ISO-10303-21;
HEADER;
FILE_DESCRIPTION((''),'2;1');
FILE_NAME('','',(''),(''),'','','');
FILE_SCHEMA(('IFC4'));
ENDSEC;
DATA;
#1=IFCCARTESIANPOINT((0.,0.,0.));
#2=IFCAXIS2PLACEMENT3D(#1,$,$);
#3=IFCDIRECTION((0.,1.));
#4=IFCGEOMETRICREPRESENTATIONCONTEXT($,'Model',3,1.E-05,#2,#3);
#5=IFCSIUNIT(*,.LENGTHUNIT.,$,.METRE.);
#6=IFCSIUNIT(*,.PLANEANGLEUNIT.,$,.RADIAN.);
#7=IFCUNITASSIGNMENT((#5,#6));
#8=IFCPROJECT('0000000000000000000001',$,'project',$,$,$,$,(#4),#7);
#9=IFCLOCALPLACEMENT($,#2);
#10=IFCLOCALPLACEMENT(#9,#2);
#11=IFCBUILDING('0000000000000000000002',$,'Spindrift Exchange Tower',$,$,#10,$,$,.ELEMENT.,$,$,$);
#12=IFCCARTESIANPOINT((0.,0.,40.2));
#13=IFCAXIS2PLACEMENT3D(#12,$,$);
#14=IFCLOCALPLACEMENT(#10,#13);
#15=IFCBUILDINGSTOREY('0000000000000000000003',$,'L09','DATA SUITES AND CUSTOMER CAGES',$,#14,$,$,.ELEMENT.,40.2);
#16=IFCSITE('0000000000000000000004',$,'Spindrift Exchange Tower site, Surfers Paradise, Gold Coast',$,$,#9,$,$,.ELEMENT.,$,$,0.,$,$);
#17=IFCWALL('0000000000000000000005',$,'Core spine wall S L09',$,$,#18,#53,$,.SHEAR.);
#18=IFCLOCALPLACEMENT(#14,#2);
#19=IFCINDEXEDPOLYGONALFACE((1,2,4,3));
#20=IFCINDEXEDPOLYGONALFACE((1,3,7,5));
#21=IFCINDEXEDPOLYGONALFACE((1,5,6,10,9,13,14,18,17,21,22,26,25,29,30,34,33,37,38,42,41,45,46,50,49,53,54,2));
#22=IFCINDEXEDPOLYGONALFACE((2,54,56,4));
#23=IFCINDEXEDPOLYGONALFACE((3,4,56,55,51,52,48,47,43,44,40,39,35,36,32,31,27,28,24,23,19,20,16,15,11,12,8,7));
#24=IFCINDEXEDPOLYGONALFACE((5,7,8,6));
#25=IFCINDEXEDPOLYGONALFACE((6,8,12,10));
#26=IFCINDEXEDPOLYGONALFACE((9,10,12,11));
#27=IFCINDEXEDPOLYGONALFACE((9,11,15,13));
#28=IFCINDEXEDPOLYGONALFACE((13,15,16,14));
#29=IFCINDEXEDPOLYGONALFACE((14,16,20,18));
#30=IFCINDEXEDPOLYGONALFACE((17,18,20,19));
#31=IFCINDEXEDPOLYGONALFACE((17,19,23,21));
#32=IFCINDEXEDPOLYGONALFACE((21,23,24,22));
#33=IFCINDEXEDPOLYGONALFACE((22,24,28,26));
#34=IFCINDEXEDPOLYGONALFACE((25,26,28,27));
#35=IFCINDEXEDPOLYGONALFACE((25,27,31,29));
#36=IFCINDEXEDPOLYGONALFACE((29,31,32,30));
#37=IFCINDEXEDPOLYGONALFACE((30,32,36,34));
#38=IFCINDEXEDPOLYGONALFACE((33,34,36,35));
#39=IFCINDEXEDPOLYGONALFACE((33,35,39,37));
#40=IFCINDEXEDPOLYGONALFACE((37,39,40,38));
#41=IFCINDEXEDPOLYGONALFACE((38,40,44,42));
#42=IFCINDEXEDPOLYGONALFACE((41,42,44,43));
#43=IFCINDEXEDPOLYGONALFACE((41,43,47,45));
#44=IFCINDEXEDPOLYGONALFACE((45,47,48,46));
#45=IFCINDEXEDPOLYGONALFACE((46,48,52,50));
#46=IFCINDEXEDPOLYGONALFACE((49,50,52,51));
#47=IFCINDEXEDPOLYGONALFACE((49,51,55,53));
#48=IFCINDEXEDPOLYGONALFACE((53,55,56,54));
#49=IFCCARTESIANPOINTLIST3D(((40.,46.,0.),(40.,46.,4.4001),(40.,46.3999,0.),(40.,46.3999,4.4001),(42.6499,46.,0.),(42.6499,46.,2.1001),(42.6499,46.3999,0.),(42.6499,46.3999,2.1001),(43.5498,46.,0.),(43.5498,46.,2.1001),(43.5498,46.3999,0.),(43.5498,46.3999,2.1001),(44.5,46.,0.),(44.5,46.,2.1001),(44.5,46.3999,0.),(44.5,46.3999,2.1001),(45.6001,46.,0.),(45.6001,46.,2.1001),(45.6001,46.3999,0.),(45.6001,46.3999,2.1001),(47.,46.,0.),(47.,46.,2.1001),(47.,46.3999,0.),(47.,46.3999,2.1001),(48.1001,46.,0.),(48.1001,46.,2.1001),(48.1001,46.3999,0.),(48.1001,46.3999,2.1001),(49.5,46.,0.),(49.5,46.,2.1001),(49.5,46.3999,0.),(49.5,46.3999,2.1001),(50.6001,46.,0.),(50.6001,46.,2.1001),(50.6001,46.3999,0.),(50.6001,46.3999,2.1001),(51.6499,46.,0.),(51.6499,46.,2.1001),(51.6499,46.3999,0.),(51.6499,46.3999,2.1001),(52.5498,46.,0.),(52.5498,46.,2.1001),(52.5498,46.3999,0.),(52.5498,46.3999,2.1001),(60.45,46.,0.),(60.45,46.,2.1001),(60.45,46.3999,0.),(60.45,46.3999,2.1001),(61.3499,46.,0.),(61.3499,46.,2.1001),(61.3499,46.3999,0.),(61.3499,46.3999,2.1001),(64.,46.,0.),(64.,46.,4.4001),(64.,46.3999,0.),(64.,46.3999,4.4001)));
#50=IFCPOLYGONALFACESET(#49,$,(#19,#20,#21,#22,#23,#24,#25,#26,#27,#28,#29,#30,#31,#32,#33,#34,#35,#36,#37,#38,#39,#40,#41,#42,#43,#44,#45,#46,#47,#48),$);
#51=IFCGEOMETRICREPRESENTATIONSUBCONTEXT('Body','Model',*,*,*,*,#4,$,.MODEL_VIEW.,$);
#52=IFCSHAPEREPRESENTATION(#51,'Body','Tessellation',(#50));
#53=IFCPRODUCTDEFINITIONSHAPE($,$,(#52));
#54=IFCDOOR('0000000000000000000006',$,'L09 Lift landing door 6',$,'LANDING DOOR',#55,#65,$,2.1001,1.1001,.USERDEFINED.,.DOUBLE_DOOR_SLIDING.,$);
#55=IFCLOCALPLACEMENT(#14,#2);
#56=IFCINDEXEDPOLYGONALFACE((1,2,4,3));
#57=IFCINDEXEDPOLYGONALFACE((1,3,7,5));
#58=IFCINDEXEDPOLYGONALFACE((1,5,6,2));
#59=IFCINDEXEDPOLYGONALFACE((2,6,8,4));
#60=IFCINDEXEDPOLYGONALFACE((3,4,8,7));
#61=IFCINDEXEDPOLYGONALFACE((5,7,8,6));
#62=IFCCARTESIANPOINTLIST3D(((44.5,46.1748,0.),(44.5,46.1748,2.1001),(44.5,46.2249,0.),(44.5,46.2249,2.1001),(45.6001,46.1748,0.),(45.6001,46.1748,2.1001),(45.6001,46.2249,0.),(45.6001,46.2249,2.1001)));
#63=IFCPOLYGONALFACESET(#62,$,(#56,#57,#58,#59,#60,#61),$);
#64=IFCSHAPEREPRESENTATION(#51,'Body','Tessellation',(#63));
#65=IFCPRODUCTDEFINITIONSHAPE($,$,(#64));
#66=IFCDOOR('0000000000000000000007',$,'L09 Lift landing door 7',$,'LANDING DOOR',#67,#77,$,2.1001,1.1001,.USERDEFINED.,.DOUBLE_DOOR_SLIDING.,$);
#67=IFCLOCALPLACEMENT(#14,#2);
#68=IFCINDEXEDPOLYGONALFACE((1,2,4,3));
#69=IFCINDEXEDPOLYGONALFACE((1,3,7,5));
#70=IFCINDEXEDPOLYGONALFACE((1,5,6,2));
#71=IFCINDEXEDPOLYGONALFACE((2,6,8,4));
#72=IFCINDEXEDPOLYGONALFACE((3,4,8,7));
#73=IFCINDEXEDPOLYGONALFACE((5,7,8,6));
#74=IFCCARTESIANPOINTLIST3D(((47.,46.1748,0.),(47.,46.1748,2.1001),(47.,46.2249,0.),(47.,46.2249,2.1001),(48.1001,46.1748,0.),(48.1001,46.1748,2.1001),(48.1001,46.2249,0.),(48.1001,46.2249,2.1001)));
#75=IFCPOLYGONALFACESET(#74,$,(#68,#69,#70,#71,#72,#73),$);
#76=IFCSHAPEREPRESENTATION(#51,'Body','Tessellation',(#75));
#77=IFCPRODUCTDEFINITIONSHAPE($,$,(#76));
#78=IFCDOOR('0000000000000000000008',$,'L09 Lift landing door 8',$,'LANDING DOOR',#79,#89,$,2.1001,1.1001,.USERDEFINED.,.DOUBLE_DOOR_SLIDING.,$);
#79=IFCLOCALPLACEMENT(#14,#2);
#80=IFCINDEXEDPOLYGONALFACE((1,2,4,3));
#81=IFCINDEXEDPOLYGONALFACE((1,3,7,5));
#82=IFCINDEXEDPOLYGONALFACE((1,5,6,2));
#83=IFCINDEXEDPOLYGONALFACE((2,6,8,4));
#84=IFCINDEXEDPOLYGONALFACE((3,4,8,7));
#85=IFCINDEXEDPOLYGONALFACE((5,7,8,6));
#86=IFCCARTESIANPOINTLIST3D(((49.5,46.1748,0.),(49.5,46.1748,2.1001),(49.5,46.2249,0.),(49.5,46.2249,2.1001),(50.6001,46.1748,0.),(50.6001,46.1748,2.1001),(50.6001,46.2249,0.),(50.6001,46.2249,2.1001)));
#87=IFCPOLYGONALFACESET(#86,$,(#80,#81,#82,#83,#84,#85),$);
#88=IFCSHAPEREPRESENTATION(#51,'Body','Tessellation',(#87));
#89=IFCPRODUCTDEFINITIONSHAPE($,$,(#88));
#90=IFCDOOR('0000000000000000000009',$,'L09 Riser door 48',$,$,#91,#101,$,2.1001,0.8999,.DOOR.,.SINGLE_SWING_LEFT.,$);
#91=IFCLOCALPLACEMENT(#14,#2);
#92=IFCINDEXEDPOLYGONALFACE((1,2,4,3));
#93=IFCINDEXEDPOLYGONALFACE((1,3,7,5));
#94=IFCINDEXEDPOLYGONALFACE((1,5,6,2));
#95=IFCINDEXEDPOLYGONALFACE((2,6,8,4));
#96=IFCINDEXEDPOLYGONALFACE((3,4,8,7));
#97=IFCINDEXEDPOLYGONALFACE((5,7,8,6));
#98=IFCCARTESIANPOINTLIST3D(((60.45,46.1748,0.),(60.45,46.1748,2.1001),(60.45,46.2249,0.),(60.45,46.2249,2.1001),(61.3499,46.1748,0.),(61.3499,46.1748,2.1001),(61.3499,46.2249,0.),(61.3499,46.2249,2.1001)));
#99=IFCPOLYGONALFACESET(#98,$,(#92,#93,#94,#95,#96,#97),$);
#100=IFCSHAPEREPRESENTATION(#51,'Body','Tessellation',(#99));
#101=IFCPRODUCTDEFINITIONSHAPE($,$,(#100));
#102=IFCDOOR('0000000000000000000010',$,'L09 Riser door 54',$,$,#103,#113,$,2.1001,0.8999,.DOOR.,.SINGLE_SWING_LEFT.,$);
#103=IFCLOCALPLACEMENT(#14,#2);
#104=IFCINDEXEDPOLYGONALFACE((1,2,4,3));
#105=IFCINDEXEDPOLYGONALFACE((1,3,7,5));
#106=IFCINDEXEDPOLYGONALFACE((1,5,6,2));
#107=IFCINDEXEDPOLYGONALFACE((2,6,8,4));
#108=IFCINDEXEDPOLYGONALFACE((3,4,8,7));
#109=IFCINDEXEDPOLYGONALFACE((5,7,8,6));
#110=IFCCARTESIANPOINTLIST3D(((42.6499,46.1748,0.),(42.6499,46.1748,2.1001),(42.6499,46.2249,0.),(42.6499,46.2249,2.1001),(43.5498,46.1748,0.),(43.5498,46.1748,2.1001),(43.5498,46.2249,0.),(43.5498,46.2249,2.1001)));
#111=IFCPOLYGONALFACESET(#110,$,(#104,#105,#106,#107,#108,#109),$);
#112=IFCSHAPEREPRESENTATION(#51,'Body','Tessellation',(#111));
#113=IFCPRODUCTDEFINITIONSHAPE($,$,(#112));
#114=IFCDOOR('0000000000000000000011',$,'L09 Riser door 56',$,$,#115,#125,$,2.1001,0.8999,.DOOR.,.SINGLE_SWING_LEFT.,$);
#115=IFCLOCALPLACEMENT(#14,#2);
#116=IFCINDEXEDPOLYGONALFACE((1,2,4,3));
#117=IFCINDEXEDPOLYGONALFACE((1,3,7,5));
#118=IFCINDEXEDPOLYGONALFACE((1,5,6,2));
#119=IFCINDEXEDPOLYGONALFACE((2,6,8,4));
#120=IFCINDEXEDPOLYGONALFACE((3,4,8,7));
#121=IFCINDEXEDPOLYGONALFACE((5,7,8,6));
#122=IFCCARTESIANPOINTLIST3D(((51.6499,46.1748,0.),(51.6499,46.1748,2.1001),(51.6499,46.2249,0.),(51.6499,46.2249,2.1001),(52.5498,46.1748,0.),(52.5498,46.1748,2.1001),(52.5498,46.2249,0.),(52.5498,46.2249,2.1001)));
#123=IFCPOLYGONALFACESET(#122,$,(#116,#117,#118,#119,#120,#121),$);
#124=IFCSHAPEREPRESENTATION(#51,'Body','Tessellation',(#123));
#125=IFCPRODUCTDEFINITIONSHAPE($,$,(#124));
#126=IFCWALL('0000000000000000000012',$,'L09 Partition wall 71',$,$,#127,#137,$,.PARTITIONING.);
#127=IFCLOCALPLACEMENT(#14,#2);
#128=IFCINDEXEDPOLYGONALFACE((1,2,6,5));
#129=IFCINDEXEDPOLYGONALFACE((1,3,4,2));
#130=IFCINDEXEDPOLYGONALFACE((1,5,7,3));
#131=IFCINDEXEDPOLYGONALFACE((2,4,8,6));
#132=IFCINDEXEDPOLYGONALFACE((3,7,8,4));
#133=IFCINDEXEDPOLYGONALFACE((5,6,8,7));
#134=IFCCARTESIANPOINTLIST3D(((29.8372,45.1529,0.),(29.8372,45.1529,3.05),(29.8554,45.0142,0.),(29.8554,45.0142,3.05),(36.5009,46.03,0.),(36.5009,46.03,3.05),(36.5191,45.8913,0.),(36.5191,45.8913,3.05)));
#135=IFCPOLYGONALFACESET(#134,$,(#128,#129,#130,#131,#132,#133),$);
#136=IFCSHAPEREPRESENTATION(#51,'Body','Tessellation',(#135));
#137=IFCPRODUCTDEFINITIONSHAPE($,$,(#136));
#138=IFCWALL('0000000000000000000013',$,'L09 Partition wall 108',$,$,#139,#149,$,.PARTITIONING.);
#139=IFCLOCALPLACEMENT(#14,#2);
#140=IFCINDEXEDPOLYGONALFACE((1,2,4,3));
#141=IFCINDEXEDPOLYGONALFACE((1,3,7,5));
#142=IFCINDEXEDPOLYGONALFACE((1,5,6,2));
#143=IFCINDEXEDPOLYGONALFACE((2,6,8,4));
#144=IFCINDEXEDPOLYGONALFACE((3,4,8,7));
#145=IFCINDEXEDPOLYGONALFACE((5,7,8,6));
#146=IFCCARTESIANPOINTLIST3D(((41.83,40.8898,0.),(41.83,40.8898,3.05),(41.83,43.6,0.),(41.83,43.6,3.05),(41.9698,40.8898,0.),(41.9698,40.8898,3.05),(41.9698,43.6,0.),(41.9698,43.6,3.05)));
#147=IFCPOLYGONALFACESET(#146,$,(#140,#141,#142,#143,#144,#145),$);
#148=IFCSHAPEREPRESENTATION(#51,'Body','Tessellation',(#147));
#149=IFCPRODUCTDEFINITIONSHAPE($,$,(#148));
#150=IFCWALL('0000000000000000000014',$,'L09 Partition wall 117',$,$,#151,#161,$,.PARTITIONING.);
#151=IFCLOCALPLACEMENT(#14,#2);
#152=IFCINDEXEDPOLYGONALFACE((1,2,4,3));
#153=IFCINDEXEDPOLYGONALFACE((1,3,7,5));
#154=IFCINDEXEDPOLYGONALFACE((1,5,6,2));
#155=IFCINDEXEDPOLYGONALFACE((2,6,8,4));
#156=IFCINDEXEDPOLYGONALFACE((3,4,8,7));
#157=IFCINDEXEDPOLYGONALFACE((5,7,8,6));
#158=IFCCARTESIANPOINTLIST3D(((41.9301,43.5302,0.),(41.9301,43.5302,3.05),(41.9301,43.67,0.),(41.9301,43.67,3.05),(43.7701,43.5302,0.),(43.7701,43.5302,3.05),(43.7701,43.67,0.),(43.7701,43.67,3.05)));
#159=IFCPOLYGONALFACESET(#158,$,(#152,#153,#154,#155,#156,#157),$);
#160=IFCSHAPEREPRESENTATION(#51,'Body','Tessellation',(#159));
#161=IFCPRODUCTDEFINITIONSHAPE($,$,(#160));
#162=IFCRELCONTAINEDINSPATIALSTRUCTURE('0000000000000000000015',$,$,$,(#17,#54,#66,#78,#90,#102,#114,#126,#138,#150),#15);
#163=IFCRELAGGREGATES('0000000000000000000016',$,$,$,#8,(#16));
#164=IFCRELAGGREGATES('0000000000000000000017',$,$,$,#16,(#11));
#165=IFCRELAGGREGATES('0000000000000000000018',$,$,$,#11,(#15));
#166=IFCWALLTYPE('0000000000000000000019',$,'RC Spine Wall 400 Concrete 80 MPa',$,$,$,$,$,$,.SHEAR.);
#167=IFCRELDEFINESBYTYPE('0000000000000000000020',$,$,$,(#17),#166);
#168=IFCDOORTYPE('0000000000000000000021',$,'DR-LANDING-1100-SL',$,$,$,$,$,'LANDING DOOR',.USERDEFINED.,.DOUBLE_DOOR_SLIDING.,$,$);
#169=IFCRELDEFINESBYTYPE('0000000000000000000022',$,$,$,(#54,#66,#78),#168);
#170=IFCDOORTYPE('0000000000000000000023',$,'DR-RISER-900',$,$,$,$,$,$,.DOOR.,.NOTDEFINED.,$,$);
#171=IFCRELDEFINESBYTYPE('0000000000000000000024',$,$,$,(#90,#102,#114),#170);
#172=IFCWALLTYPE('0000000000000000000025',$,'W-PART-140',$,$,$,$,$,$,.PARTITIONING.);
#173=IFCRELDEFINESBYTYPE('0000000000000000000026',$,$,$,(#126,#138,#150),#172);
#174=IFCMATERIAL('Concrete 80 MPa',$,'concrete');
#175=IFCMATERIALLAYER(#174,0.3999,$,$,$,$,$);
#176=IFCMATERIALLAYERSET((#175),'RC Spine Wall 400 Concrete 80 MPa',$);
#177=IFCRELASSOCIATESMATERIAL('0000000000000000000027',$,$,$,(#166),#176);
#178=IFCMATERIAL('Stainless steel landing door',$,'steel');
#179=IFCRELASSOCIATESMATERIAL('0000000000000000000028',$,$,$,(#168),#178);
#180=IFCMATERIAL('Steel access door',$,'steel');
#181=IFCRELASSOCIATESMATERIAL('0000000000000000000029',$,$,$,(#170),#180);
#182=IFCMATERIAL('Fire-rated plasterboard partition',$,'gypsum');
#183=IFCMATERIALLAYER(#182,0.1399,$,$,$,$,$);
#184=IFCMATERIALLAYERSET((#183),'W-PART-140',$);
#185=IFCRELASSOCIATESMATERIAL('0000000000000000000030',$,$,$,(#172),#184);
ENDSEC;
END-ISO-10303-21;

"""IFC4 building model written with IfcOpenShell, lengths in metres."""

from ifc_helpers import new_model, si_unit, direction, frame, frame_2d, origin, place, context, subcontext, project, spatial, rectangle, extrude, source, transform, mapped, material, layer, layer_set, type_object, element, fill, save


model = new_model("IFC4")

# Units and contexts
model_context = context("Model", 3, precision=1e-05, world=origin(), true_north=direction((0.0, 1.0)))
body_context = subcontext(model_context, "Body", "Model", "MODEL_VIEW")
ifc_project = project(units=[si_unit("LENGTHUNIT", "METRE"), si_unit("PLANEANGLEUNIT", "RADIAN")], contexts=[model_context])

# Site, building, storey
site_placement = place(None, origin())
site = spatial("IfcSite", under=ifc_project, at=site_placement, Name="Spindrift Exchange Tower site, Surfers Paradise, Gold Coast", CompositionType="ELEMENT", RefElevation=0.0)
building_placement = place(site_placement, origin())
building = spatial("IfcBuilding", under=site, at=building_placement, Name="Spindrift Exchange Tower", CompositionType="ELEMENT")
storey_placement = place(building_placement, frame((0.0, 0.0, 40.2)))
storey = spatial("IfcBuildingStorey", under=building, at=storey_placement, Name="L09", Description="DATA SUITES AND CUSTOMER CAGES", CompositionType="ELEMENT", Elevation=40.2)

# Wall, openings, doors
ifc_material_1 = material(Name="Concrete 80 MPa", Category="concrete")
ifc_layer_1 = layer(ifc_material_1, 0.3999)
ifc_layer_set_1 = layer_set([ifc_layer_1], Name="RC Spine Wall 400 Concrete 80 MPa")
wall_type_1 = type_object("IfcWallType", Name="RC Spine Wall 400 Concrete 80 MPa", PredefinedType="SHEAR", material=ifc_layer_set_1)
wall_1_placement = place(storey_placement, frame((40.0, 46.2, 0.0), z_axis=(0.0, 0.0, 1.0), x_axis=(1.0, 0.0, 0.0)))
wall_1 = element("IfcWall", 1, at=wall_1_placement, inside=storey, type_object=wall_type_1, Name="Core spine wall S L09", PredefinedType="SHEAR", context=body_context, shape_type="SweptSolid", body=[
    extrude(rectangle(XDim=24.0, YDim=0.3999, at=frame_2d((12.0, 0.0))), origin(), (0.0, 0.0, 1.0), 4.4001),
])
opening_1_placement = place(wall_1_placement, frame((4.5, 0.0, 0.0)))
opening_1 = element("IfcOpeningElement", 2, at=opening_1_placement, cuts=wall_1, PredefinedType="OPENING", context=body_context, shape_type="SweptSolid", body=[
    extrude(rectangle(XDim=1.1001, YDim=2.1001, at=frame_2d((0.55, 1.05))), frame((0.0, 0.21, 0.0), z_axis=(0.0, -1.0, 0.0), x_axis=(1.0, 0.0, 0.0)), (0.0, 0.0, 1.0), 0.4199),
])
opening_2_placement = place(wall_1_placement, frame((7.0, 0.0, 0.0)))
opening_2 = element("IfcOpeningElement", 3, at=opening_2_placement, cuts=wall_1, PredefinedType="OPENING", context=body_context, shape_type="SweptSolid", body=[
    extrude(rectangle(XDim=1.1001, YDim=2.1001, at=frame_2d((0.55, 1.05))), frame((0.0, 0.21, 0.0), z_axis=(0.0, -1.0, 0.0), x_axis=(1.0, 0.0, 0.0)), (0.0, 0.0, 1.0), 0.4199),
])
opening_3_placement = place(wall_1_placement, frame((9.5, 0.0, 0.0)))
opening_3 = element("IfcOpeningElement", 4, at=opening_3_placement, cuts=wall_1, PredefinedType="OPENING", context=body_context, shape_type="SweptSolid", body=[
    extrude(rectangle(XDim=1.1001, YDim=2.1001, at=frame_2d((0.55, 1.05))), frame((0.0, 0.21, 0.0), z_axis=(0.0, -1.0, 0.0), x_axis=(1.0, 0.0, 0.0)), (0.0, 0.0, 1.0), 0.4199),
])
opening_4_placement = place(wall_1_placement, frame((20.45, 0.0, 0.0)))
opening_4 = element("IfcOpeningElement", 5, at=opening_4_placement, cuts=wall_1, PredefinedType="OPENING", context=body_context, shape_type="SweptSolid", body=[
    extrude(rectangle(XDim=0.8999, YDim=2.1001, at=frame_2d((0.45, 1.05))), frame((0.0, 0.21, 0.0), z_axis=(0.0, -1.0, 0.0), x_axis=(1.0, 0.0, 0.0)), (0.0, 0.0, 1.0), 0.4199),
])
opening_5_placement = place(wall_1_placement, frame((2.6499, 0.0, 0.0)))
opening_5 = element("IfcOpeningElement", 6, at=opening_5_placement, cuts=wall_1, PredefinedType="OPENING", context=body_context, shape_type="SweptSolid", body=[
    extrude(rectangle(XDim=0.8999, YDim=2.1001, at=frame_2d((0.45, 1.05))), frame((0.0, 0.21, 0.0), z_axis=(0.0, -1.0, 0.0), x_axis=(1.0, 0.0, 0.0)), (0.0, 0.0, 1.0), 0.4199),
])
opening_6_placement = place(wall_1_placement, frame((11.6499, 0.0, 0.0)))
opening_6 = element("IfcOpeningElement", 7, at=opening_6_placement, cuts=wall_1, PredefinedType="OPENING", context=body_context, shape_type="SweptSolid", body=[
    extrude(rectangle(XDim=0.8999, YDim=2.1001, at=frame_2d((0.45, 1.05))), frame((0.0, 0.21, 0.0), z_axis=(0.0, -1.0, 0.0), x_axis=(1.0, 0.0, 0.0)), (0.0, 0.0, 1.0), 0.4199),
])
ifc_material_2 = material(Name="Stainless steel landing door", Category="steel")
door_type_1 = type_object("IfcDoorType", Name="DR-LANDING-1100-SL", ElementType="LANDING DOOR", OperationType="DOUBLE_DOOR_SLIDING", PredefinedType="USERDEFINED", material=ifc_material_2)
shared_shape_1 = source(origin(), body_context, "Body", "SweptSolid", [
    extrude(rectangle(XDim=1.1001, YDim=2.1001, at=frame_2d((0.55, 1.05))), frame((0.0, 0.0249, 0.0), z_axis=(0.0, -1.0, 0.0), x_axis=(1.0, 0.0, 0.0)), (0.0, 0.0, 1.0), 0.05),
])
door_1_placement = place(opening_1_placement, origin())
door_1 = element("IfcDoor", 8, at=door_1_placement, inside=storey, type_object=door_type_1, Name="L09 Lift landing door 6", ObjectType="LANDING DOOR", OperationType="DOUBLE_DOOR_SLIDING", OverallHeight=2.1001, OverallWidth=1.1001, PredefinedType="USERDEFINED", context=body_context, shape_type="MappedRepresentation", body=[
    mapped(shared_shape_1, transform((0.0, 0.0, 0.0), scale=1.0)),
])
fill(opening_1, door_1)
door_2_placement = place(opening_2_placement, origin())
door_2 = element("IfcDoor", 9, at=door_2_placement, inside=storey, type_object=door_type_1, Name="L09 Lift landing door 7", ObjectType="LANDING DOOR", OperationType="DOUBLE_DOOR_SLIDING", OverallHeight=2.1001, OverallWidth=1.1001, PredefinedType="USERDEFINED", context=body_context, shape_type="MappedRepresentation", body=[
    mapped(shared_shape_1, transform((0.0, 0.0, 0.0), scale=1.0)),
])
fill(opening_2, door_2)
door_3_placement = place(opening_3_placement, origin())
door_3 = element("IfcDoor", 10, at=door_3_placement, inside=storey, type_object=door_type_1, Name="L09 Lift landing door 8", ObjectType="LANDING DOOR", OperationType="DOUBLE_DOOR_SLIDING", OverallHeight=2.1001, OverallWidth=1.1001, PredefinedType="USERDEFINED", context=body_context, shape_type="MappedRepresentation", body=[
    mapped(shared_shape_1, transform((0.0, 0.0, 0.0), scale=1.0)),
])
fill(opening_3, door_3)
ifc_material_3 = material(Name="Steel access door", Category="steel")
door_type_2 = type_object("IfcDoorType", Name="DR-RISER-900", OperationType="NOTDEFINED", PredefinedType="DOOR", material=ifc_material_3)
shared_shape_2 = source(origin(), body_context, "Body", "SweptSolid", [
    extrude(rectangle(XDim=0.8999, YDim=2.1001, at=frame_2d((0.45, 1.05))), frame((0.0, 0.0249, 0.0), z_axis=(0.0, -1.0, 0.0), x_axis=(1.0, 0.0, 0.0)), (0.0, 0.0, 1.0), 0.05),
])
door_4_placement = place(opening_4_placement, origin())
door_4 = element("IfcDoor", 11, at=door_4_placement, inside=storey, type_object=door_type_2, Name="L09 Riser door 48", OperationType="SINGLE_SWING_LEFT", OverallHeight=2.1001, OverallWidth=0.8999, PredefinedType="DOOR", context=body_context, shape_type="MappedRepresentation", body=[
    mapped(shared_shape_2, transform((0.0, 0.0, 0.0), scale=1.0)),
])
fill(opening_4, door_4)
door_5_placement = place(opening_5_placement, origin())
door_5 = element("IfcDoor", 12, at=door_5_placement, inside=storey, type_object=door_type_2, Name="L09 Riser door 54", OperationType="SINGLE_SWING_LEFT", OverallHeight=2.1001, OverallWidth=0.8999, PredefinedType="DOOR", context=body_context, shape_type="MappedRepresentation", body=[
    mapped(shared_shape_2, transform((0.0, 0.0, 0.0), scale=1.0)),
])
fill(opening_5, door_5)
door_6_placement = place(opening_6_placement, origin())
door_6 = element("IfcDoor", 13, at=door_6_placement, inside=storey, type_object=door_type_2, Name="L09 Riser door 56", OperationType="SINGLE_SWING_LEFT", OverallHeight=2.1001, OverallWidth=0.8999, PredefinedType="DOOR", context=body_context, shape_type="MappedRepresentation", body=[
    mapped(shared_shape_2, transform((0.0, 0.0, 0.0), scale=1.0)),
])
fill(opening_6, door_6)

# Walls
ifc_material_4 = material(Name="Fire-rated plasterboard partition", Category="gypsum")
ifc_layer_2 = layer(ifc_material_4, 0.1399)
ifc_layer_set_2 = layer_set([ifc_layer_2], Name="W-PART-140")
wall_type_2 = type_object("IfcWallType", Name="W-PART-140", PredefinedType="PARTITIONING", material=ifc_layer_set_2)
wall_2_placement = place(storey_placement, frame((36.51, 45.9607, 0.0), z_axis=(0.0, 0.0, 1.0), x_axis=(-0.991447, -0.13051, 0.0)))
element("IfcWall", 14, at=wall_2_placement, inside=storey, type_object=wall_type_2, Name="L09 Partition wall 71", PredefinedType="PARTITIONING", context=body_context, shape_type="SweptSolid", body=[
    extrude(rectangle(XDim=6.7212, YDim=0.1399, at=frame_2d((3.3606, 0.0))), origin(), (0.0, 0.0, 1.0), 3.05),
])
wall_3_placement = place(storey_placement, frame((41.8999, 40.8899, 0.0), z_axis=(0.0, 0.0, 1.0), x_axis=(0.0, 1.0, 0.0)))
element("IfcWall", 15, at=wall_3_placement, inside=storey, type_object=wall_type_2, Name="L09 Partition wall 108", PredefinedType="PARTITIONING", context=body_context, shape_type="SweptSolid", body=[
    extrude(rectangle(XDim=2.7102, YDim=0.1399, at=frame_2d((1.355, 0.0))), origin(), (0.0, 0.0, 1.0), 3.05),
])
wall_4_placement = place(storey_placement, frame((43.77, 43.6001, 0.0), z_axis=(0.0, 0.0, 1.0), x_axis=(-1.0, 0.0, 0.0)))
element("IfcWall", 16, at=wall_4_placement, inside=storey, type_object=wall_type_2, Name="L09 Partition wall 117", PredefinedType="PARTITIONING", context=body_context, shape_type="SweptSolid", body=[
    extrude(rectangle(XDim=1.8401, YDim=0.1399, at=frame_2d((0.9199, 0.0))), origin(), (0.0, 0.0, 1.0), 3.05),
])

save(model, "model.ifc")
